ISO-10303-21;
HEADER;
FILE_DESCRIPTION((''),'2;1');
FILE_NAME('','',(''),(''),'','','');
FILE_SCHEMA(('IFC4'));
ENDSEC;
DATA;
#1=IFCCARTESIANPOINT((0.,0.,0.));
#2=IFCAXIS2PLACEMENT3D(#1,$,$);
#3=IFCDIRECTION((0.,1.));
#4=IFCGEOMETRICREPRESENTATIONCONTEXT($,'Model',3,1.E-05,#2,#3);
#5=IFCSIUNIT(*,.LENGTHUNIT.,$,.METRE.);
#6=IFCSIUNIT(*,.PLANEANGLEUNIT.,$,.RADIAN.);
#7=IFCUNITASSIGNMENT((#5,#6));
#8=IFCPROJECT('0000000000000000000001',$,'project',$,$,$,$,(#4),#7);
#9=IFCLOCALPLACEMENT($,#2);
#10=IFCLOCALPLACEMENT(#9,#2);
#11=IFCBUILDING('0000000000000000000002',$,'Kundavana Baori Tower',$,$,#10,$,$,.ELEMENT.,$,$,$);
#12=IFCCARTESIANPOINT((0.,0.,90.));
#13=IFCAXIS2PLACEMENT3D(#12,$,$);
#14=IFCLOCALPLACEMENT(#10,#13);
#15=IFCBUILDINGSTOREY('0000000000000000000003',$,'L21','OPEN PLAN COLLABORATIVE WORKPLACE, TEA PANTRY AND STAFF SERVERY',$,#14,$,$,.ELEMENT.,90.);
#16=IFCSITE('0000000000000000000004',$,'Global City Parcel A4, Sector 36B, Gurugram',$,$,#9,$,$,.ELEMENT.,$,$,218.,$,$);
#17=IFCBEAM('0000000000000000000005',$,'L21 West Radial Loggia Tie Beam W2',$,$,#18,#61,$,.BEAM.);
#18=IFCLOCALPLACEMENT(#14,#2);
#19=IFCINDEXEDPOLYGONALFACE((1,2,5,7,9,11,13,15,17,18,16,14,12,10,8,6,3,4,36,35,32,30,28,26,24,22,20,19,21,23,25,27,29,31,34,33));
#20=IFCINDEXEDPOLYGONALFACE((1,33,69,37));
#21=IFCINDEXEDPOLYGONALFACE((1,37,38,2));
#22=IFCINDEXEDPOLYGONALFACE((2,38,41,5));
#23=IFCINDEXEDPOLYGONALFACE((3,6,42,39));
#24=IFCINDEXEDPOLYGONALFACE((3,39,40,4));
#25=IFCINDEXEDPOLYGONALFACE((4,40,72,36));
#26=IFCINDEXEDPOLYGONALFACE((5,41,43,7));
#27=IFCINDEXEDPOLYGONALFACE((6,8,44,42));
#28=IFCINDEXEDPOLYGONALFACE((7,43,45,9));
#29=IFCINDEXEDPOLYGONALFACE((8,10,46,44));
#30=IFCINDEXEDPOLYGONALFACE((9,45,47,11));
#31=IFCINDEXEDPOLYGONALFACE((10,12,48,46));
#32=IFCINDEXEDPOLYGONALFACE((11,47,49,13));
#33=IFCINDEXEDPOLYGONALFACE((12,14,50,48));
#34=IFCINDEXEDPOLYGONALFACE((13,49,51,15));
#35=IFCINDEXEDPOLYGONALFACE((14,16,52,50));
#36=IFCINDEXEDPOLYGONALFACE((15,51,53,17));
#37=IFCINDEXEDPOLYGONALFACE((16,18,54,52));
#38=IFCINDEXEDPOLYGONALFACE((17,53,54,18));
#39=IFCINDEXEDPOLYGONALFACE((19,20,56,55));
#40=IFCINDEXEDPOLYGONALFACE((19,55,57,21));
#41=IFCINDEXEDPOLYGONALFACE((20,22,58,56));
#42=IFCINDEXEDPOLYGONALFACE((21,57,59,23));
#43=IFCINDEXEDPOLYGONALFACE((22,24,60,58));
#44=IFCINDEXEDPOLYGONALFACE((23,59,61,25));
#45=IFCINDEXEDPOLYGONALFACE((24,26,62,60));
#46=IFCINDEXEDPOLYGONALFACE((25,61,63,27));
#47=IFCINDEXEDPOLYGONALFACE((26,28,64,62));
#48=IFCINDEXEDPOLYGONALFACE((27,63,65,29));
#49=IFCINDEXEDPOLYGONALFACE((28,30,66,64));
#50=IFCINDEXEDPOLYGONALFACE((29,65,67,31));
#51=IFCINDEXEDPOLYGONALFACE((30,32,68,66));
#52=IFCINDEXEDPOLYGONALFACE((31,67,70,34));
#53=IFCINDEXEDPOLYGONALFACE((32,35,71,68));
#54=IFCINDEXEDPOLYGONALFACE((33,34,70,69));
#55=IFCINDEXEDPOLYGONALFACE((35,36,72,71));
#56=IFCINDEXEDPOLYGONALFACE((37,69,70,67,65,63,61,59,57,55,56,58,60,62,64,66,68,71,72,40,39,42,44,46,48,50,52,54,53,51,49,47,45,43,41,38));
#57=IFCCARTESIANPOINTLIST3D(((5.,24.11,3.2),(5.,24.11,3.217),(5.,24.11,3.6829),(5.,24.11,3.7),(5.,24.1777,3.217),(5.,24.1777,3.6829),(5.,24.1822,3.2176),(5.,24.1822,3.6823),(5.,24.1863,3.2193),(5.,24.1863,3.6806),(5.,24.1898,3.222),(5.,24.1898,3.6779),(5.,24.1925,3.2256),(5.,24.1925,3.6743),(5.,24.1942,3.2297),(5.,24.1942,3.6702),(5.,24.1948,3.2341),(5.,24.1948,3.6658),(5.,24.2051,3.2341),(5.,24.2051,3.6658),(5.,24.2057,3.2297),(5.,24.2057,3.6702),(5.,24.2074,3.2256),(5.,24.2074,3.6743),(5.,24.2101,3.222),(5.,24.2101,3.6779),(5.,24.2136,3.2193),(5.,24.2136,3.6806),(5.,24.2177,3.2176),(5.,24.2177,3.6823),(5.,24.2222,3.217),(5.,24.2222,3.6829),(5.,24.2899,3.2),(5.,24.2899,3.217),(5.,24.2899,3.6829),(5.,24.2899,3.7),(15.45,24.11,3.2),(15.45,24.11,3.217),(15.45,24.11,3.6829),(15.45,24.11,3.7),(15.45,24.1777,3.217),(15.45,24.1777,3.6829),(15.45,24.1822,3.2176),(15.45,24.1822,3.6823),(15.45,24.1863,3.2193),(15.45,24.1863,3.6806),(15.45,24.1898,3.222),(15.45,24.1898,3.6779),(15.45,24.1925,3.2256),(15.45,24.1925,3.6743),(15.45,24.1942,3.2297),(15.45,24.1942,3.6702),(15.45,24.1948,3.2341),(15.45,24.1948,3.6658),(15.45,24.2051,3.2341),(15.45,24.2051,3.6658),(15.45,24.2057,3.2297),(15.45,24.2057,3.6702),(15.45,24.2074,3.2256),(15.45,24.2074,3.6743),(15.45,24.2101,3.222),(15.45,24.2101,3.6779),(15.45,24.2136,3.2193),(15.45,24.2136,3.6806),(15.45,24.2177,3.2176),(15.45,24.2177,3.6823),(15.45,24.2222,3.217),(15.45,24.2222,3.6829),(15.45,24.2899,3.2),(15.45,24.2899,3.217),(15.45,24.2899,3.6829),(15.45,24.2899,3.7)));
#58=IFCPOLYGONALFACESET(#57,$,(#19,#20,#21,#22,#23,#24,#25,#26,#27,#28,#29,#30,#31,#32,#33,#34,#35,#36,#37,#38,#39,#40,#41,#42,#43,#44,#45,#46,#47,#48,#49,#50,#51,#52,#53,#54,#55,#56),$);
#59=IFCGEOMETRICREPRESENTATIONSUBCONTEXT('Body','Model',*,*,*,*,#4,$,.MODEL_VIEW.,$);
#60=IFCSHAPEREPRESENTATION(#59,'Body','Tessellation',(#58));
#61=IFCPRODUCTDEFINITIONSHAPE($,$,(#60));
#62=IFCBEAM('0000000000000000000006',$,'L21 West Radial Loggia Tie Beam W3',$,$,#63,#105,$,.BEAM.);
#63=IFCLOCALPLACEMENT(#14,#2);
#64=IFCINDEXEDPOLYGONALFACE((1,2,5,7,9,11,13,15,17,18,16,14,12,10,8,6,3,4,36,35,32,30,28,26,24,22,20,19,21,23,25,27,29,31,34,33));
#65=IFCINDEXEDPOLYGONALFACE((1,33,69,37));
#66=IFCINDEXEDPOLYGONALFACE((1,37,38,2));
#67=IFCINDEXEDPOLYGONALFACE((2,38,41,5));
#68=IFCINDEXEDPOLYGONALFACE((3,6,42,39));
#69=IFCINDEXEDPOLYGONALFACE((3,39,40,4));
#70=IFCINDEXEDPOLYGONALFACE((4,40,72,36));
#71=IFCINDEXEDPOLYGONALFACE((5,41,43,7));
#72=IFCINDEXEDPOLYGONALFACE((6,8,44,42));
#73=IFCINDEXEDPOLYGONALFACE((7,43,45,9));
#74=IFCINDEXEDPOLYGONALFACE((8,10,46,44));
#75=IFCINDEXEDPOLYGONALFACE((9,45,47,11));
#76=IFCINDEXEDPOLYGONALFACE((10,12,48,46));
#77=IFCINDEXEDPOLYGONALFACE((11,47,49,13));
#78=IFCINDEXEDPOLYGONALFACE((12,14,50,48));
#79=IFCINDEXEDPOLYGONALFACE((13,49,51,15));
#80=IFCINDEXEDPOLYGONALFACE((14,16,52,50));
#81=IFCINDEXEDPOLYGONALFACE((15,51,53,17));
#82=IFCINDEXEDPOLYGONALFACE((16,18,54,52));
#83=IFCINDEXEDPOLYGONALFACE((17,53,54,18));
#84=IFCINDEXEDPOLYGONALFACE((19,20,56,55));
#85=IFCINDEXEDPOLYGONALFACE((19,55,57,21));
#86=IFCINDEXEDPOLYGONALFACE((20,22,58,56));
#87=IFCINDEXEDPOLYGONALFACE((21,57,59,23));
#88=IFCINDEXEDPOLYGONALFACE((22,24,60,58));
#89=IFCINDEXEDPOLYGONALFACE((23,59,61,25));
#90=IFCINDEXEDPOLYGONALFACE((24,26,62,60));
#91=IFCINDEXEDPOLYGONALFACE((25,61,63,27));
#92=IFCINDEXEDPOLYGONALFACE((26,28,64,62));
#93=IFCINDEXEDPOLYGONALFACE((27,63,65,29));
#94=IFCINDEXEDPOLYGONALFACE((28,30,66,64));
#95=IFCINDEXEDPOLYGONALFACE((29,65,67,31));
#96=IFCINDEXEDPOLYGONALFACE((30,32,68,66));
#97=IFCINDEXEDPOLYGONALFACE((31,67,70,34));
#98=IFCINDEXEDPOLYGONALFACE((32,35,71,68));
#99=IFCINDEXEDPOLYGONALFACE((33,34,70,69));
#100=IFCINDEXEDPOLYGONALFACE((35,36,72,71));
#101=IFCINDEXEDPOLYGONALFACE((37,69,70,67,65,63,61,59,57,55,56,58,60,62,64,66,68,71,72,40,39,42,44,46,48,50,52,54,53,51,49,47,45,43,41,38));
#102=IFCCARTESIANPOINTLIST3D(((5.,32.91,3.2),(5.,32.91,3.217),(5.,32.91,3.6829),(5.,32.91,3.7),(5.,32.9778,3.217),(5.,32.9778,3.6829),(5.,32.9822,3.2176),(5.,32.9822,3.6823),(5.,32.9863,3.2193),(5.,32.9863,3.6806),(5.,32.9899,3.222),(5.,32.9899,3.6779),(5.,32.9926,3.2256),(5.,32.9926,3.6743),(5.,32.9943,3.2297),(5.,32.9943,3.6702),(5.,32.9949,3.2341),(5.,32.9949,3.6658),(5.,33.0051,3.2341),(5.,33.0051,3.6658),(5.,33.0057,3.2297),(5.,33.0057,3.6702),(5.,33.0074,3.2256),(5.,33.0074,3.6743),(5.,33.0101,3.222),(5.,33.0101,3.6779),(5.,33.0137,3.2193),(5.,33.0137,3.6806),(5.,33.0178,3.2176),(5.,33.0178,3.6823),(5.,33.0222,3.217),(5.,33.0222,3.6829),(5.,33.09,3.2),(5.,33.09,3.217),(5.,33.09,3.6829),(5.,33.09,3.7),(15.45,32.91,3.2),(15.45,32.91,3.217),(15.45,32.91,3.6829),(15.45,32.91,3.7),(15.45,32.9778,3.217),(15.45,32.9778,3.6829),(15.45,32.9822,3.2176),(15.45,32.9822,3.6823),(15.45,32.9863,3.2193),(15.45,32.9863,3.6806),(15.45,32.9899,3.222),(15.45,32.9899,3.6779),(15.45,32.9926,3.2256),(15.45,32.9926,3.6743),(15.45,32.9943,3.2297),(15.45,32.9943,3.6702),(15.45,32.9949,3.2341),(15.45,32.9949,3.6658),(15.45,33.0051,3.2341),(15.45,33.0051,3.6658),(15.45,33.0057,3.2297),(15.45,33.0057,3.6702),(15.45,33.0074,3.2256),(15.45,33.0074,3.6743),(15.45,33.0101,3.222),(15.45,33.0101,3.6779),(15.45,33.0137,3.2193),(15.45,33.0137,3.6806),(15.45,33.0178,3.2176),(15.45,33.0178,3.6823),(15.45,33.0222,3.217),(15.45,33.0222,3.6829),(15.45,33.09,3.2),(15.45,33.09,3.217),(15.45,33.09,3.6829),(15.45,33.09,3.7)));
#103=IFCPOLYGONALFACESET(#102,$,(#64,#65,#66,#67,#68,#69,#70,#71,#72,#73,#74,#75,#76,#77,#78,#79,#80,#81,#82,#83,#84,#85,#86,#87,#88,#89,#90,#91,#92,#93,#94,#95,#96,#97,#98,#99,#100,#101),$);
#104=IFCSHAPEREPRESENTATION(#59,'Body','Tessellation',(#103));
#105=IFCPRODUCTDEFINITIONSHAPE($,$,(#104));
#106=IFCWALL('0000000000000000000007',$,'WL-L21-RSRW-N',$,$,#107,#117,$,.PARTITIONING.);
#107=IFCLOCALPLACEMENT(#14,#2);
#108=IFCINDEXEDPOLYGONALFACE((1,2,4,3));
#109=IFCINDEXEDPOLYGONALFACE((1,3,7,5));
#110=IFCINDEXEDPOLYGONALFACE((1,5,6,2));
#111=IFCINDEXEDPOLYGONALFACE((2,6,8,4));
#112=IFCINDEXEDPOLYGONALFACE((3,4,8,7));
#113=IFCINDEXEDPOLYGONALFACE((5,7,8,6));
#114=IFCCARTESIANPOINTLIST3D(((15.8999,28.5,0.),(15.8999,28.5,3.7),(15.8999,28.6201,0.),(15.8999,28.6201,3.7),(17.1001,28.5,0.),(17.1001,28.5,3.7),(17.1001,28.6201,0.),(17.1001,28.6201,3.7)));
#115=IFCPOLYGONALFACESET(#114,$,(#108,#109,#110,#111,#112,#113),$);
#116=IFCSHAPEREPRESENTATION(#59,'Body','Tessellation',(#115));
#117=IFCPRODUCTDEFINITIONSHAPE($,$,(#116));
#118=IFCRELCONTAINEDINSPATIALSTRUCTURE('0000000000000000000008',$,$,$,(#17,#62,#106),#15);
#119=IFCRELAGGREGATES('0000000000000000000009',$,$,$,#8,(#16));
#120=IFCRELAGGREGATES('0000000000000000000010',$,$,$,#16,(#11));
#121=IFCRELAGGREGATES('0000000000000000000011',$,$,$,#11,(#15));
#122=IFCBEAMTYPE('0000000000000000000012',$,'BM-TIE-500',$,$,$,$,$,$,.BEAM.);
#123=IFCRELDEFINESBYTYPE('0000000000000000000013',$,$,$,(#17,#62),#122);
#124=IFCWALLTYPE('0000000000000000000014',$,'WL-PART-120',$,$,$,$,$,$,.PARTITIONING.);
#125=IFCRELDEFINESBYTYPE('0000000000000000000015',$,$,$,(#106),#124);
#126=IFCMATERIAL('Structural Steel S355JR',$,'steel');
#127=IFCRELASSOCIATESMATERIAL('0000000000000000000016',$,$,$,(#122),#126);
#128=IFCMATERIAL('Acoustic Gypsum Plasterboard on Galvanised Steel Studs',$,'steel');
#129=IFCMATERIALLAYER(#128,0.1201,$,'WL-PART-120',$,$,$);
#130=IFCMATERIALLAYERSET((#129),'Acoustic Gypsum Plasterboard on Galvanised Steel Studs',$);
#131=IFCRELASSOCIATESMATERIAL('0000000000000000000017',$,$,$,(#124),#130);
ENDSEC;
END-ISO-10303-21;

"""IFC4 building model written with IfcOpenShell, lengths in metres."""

from ifc_helpers import new_model, si_unit, direction, frame, frame_2d, origin, origin_2d, place, context, subcontext, project, spatial, rectangle, i_section, extrude, material, layer, layer_set, material_profile, profile_set, type_object, element, save


model = new_model("IFC4")

# Units and contexts
model_context = context("Model", 3, precision=1e-05, world=origin(), true_north=direction((0.0, 1.0)))
body_context = subcontext(model_context, "Body", "Model", "MODEL_VIEW")
ifc_project = project(units=[si_unit("LENGTHUNIT", "METRE"), si_unit("PLANEANGLEUNIT", "RADIAN")], contexts=[model_context])

# Site, building, storey
site_placement = place(None, origin())
site = spatial("IfcSite", under=ifc_project, at=site_placement, Name="Global City Parcel A4, Sector 36B, Gurugram", CompositionType="ELEMENT", RefElevation=218.0)
building_placement = place(site_placement, origin())
building = spatial("IfcBuilding", under=site, at=building_placement, Name="Kundavana Baori Tower", CompositionType="ELEMENT")
storey_placement = place(building_placement, frame((0.0, 0.0, 90.0)))
storey = spatial("IfcBuildingStorey", under=building, at=storey_placement, Name="L21", Description="OPEN PLAN COLLABORATIVE WORKPLACE, TEA PANTRY AND STAFF SERVERY", CompositionType="ELEMENT", Elevation=90.0)

# Beams
ifc_material_1 = material(Name="Structural Steel S355JR", Category="steel")
ifc_material_profile_1 = material_profile(ifc_material_1, i_section(OverallWidth=0.1799, OverallDepth=0.5, WebThickness=0.0103, FlangeThickness=0.0171, FilletRadius=0.0171, at=origin_2d()), Name="ISMB 500")
ifc_profile_set_1 = profile_set([ifc_material_profile_1], Name="Structural Steel S355JR")
beam_type_1 = type_object("IfcBeamType", Name="BM-TIE-500", PredefinedType="BEAM", material=ifc_profile_set_1)
for number, where, z_axis, x_axis, name in (
    (1, (15.45, 24.2, 3.45), (-1.0, 0.0, 0.0), (0.0, -1.0, 0.0), "L21 West Radial Loggia Tie Beam W2"),
    (2, (15.45, 33.0, 3.45), (-1.0, 0.0, 0.0), (0.0, -1.0, 0.0), "L21 West Radial Loggia Tie Beam W3"),
):
    element("IfcBeam", number, at=place(storey_placement, frame(where, z_axis=z_axis, x_axis=x_axis)), inside=storey, type_object=beam_type_1, Name=name, PredefinedType="BEAM", context=body_context, shape_type="SweptSolid", body=[
        extrude(i_section(OverallWidth=0.1799, OverallDepth=0.5, WebThickness=0.0103, FlangeThickness=0.0171, FilletRadius=0.0171, at=origin_2d()), origin(), (0.0, 0.0, 1.0), 10.45),
    ])

# Wall
ifc_material_2 = material(Name="Acoustic Gypsum Plasterboard on Galvanised Steel Studs", Category="steel")
ifc_layer_1 = layer(ifc_material_2, 0.1201, Name="WL-PART-120")
ifc_layer_set_1 = layer_set([ifc_layer_1], Name="Acoustic Gypsum Plasterboard on Galvanised Steel Studs")
wall_type_1 = type_object("IfcWallType", Name="WL-PART-120", PredefinedType="PARTITIONING", material=ifc_layer_set_1)
wall_1_placement = place(storey_placement, frame((15.8999, 28.5601, 0.0), z_axis=(0.0, 0.0, 1.0), x_axis=(1.0, 0.0, 0.0)))
element("IfcWall", 3, at=wall_1_placement, inside=storey, type_object=wall_type_1, Name="WL-L21-RSRW-N", PredefinedType="PARTITIONING", context=body_context, shape_type="SweptSolid", body=[
    extrude(rectangle(XDim=1.2002, YDim=0.1201, at=frame_2d((0.6001, 0.0))), origin(), (0.0, 0.0, 1.0), 3.7),
])

save(model, "model.ifc")
